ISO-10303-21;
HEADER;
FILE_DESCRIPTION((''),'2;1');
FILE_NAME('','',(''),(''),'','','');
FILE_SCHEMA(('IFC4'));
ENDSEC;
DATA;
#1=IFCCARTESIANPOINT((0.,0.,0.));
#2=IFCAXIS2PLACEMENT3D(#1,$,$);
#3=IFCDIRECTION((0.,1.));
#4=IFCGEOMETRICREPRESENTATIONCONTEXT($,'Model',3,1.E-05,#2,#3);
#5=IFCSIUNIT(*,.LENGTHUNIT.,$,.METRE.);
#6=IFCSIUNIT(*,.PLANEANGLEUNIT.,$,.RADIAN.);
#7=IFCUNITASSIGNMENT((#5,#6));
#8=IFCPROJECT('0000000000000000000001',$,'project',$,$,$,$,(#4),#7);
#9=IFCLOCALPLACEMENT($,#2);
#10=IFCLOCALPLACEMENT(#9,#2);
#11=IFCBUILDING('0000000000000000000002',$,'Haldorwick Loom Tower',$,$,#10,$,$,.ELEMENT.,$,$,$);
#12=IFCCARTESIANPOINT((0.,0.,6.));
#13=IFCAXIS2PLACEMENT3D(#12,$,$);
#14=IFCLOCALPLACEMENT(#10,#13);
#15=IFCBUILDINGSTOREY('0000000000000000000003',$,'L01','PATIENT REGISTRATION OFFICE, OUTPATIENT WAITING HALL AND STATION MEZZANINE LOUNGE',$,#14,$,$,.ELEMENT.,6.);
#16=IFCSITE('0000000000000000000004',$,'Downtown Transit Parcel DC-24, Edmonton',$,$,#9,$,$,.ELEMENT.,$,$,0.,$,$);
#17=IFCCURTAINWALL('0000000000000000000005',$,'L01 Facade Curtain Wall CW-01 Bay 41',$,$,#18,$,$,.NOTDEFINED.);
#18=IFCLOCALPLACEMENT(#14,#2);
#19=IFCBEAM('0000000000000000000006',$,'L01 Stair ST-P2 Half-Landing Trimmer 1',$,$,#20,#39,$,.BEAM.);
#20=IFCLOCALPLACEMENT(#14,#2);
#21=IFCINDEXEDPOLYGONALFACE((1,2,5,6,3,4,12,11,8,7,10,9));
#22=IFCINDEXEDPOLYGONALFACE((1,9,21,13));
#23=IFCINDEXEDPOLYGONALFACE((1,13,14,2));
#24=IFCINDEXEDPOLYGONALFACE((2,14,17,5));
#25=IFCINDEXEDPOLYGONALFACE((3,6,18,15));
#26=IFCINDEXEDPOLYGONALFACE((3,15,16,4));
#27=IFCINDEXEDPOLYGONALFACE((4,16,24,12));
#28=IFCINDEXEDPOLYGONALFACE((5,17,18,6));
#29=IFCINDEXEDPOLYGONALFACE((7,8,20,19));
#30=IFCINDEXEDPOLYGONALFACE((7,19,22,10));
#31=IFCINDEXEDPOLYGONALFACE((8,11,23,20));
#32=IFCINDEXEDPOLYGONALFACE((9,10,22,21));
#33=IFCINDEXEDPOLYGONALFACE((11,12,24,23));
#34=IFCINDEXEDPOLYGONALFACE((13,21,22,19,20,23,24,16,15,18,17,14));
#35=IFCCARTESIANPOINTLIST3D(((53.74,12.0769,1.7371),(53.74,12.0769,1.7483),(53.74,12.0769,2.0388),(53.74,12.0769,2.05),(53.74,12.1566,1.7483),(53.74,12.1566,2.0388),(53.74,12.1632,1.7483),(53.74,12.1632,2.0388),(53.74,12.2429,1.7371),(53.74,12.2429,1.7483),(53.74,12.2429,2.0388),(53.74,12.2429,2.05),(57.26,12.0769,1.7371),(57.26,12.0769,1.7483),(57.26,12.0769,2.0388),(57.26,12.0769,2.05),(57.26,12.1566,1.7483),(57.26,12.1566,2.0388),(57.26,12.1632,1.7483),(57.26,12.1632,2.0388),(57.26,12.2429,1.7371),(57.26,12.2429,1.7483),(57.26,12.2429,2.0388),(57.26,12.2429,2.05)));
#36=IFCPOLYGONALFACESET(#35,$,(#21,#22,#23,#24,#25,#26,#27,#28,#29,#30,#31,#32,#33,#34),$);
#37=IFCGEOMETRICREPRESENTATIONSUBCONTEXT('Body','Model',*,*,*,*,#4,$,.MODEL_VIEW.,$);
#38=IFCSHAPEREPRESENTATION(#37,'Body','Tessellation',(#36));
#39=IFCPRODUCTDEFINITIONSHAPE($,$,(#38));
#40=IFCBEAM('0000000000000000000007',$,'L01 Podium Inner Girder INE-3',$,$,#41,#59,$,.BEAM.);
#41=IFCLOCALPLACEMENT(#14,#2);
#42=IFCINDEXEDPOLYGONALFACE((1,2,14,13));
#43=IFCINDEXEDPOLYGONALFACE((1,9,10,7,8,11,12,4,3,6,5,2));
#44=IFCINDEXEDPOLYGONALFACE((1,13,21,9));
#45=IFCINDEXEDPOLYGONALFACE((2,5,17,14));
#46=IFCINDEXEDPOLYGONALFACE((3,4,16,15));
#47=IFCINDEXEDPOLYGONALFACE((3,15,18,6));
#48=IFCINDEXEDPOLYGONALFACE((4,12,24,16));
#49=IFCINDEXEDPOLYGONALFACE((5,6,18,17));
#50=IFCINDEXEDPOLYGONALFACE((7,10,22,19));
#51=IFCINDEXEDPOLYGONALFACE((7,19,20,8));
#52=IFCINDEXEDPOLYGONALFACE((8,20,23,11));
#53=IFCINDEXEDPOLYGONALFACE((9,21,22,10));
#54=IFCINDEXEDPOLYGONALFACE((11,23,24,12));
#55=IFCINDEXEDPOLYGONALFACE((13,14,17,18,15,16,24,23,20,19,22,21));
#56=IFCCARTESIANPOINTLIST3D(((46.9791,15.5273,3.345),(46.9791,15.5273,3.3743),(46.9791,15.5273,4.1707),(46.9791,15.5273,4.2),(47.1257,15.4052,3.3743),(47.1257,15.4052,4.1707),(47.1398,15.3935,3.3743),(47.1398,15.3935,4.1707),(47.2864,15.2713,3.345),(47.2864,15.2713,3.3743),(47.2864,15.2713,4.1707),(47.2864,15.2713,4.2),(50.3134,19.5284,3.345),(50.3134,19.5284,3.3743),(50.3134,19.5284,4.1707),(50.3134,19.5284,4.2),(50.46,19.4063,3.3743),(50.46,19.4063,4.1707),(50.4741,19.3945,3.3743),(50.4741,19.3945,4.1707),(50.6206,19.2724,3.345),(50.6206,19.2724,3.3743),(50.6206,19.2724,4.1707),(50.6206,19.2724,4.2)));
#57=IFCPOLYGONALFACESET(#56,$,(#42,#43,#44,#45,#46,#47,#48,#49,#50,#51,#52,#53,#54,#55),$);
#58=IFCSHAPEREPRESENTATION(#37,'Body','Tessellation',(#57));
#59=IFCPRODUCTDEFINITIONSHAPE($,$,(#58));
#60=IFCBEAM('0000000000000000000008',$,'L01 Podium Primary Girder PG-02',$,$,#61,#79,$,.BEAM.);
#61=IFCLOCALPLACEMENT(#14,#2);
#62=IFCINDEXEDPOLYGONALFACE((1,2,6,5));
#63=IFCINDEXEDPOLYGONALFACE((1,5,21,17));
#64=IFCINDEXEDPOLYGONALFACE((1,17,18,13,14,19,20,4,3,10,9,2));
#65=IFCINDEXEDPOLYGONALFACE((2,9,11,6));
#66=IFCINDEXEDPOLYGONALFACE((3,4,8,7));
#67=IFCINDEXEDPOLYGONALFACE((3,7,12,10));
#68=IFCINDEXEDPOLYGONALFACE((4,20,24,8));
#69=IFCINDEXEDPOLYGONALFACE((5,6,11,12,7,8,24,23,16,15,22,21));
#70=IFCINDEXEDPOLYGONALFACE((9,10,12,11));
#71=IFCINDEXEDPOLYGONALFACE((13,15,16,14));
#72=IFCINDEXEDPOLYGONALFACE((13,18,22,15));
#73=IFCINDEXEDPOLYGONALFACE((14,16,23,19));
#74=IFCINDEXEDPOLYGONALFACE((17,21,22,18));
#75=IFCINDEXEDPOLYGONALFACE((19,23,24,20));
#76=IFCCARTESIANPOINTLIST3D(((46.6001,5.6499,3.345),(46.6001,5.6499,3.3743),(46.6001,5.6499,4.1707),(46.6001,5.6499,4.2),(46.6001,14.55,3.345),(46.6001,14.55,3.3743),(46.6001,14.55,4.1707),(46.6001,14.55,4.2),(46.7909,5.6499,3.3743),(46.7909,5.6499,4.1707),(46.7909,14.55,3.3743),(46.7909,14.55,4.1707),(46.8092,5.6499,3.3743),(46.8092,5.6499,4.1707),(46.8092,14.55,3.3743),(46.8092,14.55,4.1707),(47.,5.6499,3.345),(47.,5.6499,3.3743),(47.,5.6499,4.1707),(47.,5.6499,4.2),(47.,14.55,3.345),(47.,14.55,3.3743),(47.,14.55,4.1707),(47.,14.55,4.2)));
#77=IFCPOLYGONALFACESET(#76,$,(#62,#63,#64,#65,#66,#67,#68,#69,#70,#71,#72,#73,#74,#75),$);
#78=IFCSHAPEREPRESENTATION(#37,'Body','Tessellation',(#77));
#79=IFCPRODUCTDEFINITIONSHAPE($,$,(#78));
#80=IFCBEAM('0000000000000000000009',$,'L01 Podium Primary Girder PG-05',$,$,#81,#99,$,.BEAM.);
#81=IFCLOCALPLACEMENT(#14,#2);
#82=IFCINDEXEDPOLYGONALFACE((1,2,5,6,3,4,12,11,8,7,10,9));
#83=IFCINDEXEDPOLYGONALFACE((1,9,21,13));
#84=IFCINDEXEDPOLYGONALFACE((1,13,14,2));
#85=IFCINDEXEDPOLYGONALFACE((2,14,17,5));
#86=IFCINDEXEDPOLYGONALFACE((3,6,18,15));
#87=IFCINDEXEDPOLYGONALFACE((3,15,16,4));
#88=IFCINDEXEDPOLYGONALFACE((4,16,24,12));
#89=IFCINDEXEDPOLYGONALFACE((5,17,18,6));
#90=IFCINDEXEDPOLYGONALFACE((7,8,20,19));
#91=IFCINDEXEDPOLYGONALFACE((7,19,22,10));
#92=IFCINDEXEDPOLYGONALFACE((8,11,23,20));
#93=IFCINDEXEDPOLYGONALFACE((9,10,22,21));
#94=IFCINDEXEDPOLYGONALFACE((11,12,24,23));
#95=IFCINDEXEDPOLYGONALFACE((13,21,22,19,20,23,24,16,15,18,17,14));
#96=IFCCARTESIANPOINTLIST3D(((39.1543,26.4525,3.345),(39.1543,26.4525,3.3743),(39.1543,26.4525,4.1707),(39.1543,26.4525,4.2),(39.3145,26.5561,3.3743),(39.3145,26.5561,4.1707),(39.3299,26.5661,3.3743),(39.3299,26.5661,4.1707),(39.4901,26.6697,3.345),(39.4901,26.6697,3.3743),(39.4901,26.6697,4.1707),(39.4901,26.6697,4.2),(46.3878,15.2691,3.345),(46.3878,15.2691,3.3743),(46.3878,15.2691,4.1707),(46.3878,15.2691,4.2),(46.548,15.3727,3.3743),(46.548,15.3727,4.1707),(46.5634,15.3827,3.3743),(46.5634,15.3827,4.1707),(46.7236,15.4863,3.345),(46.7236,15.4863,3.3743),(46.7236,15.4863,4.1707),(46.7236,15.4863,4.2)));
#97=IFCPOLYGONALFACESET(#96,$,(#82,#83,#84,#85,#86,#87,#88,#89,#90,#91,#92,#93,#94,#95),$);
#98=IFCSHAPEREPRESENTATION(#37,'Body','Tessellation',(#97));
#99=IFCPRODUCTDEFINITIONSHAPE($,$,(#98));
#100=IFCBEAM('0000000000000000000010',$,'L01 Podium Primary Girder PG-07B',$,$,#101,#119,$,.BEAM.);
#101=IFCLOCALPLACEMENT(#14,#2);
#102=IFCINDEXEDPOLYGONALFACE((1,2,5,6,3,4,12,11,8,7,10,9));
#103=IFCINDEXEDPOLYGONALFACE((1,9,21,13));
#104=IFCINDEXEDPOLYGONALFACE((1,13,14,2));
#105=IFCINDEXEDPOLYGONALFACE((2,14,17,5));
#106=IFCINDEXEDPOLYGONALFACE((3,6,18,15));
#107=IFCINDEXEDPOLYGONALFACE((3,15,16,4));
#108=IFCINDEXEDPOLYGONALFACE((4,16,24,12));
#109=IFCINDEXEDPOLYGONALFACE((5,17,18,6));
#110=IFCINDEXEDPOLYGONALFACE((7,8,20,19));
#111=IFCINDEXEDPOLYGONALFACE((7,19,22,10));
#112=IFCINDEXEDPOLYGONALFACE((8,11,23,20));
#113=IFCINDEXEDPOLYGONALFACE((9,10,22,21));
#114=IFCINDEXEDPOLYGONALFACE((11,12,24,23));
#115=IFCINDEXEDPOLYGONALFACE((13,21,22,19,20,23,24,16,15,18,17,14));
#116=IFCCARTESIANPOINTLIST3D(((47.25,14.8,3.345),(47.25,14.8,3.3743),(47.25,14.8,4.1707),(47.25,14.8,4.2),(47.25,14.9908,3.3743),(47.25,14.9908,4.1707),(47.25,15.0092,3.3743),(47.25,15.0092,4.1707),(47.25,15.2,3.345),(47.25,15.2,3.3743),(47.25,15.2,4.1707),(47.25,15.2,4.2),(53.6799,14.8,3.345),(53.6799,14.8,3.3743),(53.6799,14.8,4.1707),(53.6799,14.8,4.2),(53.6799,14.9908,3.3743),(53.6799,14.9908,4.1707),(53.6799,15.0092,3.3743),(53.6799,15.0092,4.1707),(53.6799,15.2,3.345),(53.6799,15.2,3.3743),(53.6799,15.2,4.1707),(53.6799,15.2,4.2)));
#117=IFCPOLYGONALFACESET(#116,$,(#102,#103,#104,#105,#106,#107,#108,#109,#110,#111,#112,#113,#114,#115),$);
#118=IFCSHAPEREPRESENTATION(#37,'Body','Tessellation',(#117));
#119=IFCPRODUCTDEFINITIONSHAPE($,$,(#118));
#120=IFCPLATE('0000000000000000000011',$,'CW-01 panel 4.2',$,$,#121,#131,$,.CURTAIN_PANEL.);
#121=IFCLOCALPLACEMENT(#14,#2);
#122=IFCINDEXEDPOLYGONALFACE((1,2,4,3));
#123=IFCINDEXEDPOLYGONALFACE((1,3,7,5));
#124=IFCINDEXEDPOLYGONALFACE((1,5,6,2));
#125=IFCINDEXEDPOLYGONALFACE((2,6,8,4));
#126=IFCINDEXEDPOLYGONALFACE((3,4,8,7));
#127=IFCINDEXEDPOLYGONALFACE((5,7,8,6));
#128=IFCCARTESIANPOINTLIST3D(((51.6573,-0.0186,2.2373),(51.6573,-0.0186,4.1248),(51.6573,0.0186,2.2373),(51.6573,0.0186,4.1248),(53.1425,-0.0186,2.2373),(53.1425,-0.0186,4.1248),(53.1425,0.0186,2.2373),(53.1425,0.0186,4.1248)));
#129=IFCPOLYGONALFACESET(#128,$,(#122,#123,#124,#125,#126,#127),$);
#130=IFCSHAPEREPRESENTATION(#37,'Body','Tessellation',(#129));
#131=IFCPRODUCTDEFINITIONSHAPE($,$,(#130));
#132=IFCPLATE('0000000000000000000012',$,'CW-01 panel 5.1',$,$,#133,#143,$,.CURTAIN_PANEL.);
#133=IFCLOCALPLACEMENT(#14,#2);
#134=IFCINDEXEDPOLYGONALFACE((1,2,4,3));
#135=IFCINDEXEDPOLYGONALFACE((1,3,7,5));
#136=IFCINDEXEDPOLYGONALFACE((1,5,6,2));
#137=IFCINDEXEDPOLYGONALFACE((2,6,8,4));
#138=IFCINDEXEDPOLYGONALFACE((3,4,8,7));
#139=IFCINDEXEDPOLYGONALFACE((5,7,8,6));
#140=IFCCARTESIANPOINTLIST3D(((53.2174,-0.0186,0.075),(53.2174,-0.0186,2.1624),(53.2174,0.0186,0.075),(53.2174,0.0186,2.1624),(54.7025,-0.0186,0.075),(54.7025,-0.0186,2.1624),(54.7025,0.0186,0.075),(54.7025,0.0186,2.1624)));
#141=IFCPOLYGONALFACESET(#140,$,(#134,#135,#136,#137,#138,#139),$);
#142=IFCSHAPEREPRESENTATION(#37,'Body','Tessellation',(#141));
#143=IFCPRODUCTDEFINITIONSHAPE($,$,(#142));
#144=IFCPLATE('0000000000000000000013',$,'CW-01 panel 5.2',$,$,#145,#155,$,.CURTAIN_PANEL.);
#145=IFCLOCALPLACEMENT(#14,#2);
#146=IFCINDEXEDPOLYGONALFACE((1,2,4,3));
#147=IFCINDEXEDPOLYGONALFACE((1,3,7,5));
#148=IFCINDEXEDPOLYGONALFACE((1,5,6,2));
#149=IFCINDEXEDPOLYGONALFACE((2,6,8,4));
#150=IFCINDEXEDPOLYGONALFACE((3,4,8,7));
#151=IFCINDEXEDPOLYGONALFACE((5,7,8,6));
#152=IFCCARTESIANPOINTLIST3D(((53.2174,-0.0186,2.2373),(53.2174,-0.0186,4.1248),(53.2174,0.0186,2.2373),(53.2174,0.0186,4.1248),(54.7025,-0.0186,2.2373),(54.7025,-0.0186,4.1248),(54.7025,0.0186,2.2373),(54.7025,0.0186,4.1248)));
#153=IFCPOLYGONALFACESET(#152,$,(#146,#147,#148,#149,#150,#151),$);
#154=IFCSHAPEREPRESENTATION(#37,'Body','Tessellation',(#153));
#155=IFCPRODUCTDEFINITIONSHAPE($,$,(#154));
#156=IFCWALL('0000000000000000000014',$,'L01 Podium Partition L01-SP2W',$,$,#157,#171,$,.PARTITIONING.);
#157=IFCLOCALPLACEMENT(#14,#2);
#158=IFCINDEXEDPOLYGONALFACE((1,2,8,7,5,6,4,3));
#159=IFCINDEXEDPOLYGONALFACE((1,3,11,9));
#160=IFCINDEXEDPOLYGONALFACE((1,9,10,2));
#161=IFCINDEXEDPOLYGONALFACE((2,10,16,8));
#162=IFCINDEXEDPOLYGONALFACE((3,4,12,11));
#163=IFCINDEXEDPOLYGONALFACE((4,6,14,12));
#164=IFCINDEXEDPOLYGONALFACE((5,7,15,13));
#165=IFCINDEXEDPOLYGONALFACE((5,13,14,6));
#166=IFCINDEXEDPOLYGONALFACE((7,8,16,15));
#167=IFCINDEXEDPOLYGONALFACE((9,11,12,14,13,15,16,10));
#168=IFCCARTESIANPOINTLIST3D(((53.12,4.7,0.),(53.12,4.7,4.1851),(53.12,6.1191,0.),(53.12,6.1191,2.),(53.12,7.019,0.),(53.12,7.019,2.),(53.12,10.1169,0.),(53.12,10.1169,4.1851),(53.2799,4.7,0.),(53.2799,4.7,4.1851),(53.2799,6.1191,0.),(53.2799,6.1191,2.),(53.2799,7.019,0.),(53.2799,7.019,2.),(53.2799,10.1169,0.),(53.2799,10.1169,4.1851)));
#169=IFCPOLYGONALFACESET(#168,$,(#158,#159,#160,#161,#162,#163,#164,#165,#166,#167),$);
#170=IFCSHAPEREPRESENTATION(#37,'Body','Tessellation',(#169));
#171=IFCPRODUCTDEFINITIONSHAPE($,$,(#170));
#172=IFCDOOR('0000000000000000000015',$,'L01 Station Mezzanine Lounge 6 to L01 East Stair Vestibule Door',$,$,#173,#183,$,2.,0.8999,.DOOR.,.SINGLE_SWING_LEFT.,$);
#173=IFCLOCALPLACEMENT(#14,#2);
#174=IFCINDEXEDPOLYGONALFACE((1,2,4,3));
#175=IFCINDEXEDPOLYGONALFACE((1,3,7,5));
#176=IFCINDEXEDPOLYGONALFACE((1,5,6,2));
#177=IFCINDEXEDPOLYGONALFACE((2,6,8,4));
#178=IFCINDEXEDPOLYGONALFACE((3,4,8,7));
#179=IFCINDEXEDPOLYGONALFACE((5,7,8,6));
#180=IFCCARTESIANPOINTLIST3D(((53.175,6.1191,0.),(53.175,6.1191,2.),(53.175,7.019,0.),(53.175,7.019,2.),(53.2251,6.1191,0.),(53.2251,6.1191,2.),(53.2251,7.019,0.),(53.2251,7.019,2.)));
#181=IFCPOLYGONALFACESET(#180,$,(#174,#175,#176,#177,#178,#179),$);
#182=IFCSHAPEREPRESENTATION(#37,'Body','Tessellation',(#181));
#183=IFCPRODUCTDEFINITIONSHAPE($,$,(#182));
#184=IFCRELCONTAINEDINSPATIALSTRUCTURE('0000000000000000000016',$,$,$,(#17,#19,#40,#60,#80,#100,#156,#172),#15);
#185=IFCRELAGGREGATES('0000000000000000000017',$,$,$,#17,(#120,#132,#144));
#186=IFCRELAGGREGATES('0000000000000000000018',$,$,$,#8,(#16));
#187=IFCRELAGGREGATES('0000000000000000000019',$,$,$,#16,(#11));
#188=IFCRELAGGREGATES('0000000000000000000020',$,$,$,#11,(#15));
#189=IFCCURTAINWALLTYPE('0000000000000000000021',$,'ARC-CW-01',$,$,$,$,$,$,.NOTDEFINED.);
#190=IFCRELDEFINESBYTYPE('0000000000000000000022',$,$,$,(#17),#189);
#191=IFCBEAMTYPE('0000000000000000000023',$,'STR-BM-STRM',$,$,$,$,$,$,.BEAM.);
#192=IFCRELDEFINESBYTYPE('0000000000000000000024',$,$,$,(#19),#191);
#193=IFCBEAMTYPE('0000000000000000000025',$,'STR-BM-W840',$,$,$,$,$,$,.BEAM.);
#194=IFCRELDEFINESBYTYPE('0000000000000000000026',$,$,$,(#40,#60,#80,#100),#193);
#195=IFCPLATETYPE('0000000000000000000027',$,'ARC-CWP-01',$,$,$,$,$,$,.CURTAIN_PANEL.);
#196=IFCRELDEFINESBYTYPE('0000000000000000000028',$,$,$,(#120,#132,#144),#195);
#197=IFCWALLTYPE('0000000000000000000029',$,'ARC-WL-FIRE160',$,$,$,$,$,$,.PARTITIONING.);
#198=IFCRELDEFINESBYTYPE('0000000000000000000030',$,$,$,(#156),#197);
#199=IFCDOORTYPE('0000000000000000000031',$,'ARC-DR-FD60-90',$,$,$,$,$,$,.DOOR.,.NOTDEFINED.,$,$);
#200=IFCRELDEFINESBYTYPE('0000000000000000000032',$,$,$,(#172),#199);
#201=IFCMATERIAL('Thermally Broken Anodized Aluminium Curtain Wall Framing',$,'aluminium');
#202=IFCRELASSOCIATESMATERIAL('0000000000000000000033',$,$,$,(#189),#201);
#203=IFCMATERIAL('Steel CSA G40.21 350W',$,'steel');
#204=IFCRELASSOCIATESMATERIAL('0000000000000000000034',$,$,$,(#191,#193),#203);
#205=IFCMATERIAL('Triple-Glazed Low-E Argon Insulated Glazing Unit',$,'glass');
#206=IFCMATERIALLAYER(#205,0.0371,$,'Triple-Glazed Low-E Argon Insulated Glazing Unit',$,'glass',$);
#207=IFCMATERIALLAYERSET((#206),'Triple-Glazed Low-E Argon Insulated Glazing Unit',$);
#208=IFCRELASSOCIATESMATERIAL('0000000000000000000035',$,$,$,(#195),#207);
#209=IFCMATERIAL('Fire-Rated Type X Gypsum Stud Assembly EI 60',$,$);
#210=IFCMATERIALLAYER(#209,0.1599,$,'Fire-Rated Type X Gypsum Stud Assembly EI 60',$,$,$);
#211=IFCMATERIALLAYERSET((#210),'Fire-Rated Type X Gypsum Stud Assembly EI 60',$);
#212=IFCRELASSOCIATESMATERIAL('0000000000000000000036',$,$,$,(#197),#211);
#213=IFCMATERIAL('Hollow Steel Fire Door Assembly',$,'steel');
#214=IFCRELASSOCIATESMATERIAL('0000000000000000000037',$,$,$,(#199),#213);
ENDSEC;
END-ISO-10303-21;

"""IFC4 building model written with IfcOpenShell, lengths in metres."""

from ifc_helpers import new_model, si_unit, direction, frame, frame_2d, origin, origin_2d, place, context, subcontext, project, spatial, rectangle, i_section, extrude, material, layer, layer_set, material_profile, profile_set, type_object, element, fill, aggregate, save


model = new_model("IFC4")

# Units and contexts
model_context = context("Model", 3, precision=1e-05, world=origin(), true_north=direction((0.0, 1.0)))
body_context = subcontext(model_context, "Body", "Model", "MODEL_VIEW")
ifc_project = project(units=[si_unit("LENGTHUNIT", "METRE"), si_unit("PLANEANGLEUNIT", "RADIAN")], contexts=[model_context])

# Site, building, storey
site_placement = place(None, origin())
site = spatial("IfcSite", under=ifc_project, at=site_placement, Name="Downtown Transit Parcel DC-24, Edmonton", CompositionType="ELEMENT", RefElevation=0.0)
building_placement = place(site_placement, origin())
building = spatial("IfcBuilding", under=site, at=building_placement, Name="Haldorwick Loom Tower", CompositionType="ELEMENT")
storey_placement = place(building_placement, frame((0.0, 0.0, 6.0)))
storey = spatial("IfcBuildingStorey", under=building, at=storey_placement, Name="L01", Description="PATIENT REGISTRATION OFFICE, OUTPATIENT WAITING HALL AND STATION MEZZANINE LOUNGE", CompositionType="ELEMENT", Elevation=6.0)

# Curtain wall
ifc_material_1 = material(Name="Thermally Broken Anodized Aluminium Curtain Wall Framing", Category="aluminium")
curtain_wall_type = type_object("IfcCurtainWallType", Name="ARC-CW-01", PredefinedType="NOTDEFINED", material=ifc_material_1)
curtain_wall_placement = place(storey_placement, origin())
curtain_wall = element("IfcCurtainWall", 1, at=curtain_wall_placement, inside=storey, type_object=curtain_wall_type, Name="L01 Facade Curtain Wall CW-01 Bay 41", PredefinedType="NOTDEFINED")

# Beams
ifc_material_2 = material(Name="Steel CSA G40.21 350W", Category="steel")
ifc_material_profile_1 = material_profile(ifc_material_2, i_section(OverallWidth=0.166, OverallDepth=0.313, WebThickness=0.0066, FlangeThickness=0.0112, at=origin_2d()), Name="W310X45", Category="steel")
ifc_profile_set_1 = profile_set([ifc_material_profile_1], Name="Steel CSA G40.21 350W")
beam_type_1 = type_object("IfcBeamType", Name="STR-BM-STRM", PredefinedType="BEAM", material=ifc_profile_set_1)
for number, where, z_axis, x_axis, name in (
    (2, (53.74, 12.1599, 1.8936), (1.0, 0.0, 0.0), (0.0, 1.0, 0.0), "L01 Stair ST-P2 Half-Landing Trimmer 1"),
):
    element("IfcBeam", number, at=place(storey_placement, frame(where, z_axis=z_axis, x_axis=x_axis)), inside=storey, type_object=beam_type_1, Name=name, PredefinedType="BEAM", context=body_context, shape_type="SweptSolid", body=[
        extrude(i_section(OverallWidth=0.166, OverallDepth=0.313, WebThickness=0.0066, FlangeThickness=0.0112, at=origin_2d()), origin(), (0.0, 0.0, 1.0), 3.52),
    ])
ifc_material_profile_2 = material_profile(ifc_material_2, i_section(OverallWidth=0.3999, OverallDepth=0.855, WebThickness=0.0183, FlangeThickness=0.0293, at=origin_2d()), Name="W840X299", Category="steel")
ifc_profile_set_2 = profile_set([ifc_material_profile_2], Name="Steel CSA G40.21 350W")
beam_type_2 = type_object("IfcBeamType", Name="STR-BM-W840", PredefinedType="BEAM", material=ifc_profile_set_2)
beam_1_placement = place(storey_placement, frame((50.467, 19.4004, 3.7725), z_axis=(-0.640194, -0.768214, 0.0), x_axis=(0.768214, -0.640194, 0.0)))
element("IfcBeam", 3, at=beam_1_placement, inside=storey, type_object=beam_type_2, Name="L01 Podium Inner Girder INE-3", PredefinedType="BEAM", context=body_context, shape_type="SweptSolid", body=[
    extrude(i_section(OverallWidth=0.3999, OverallDepth=0.855, WebThickness=0.0183, FlangeThickness=0.0293, at=origin_2d()), origin(), (0.0, 0.0, 1.0), 5.2083),
])
beam_2_placement = place(storey_placement, frame((46.8, 5.6499, 3.7725), z_axis=(0.0, 1.0, 0.0), x_axis=(-1.0, 0.0, 0.0)))
element("IfcBeam", 4, at=beam_2_placement, inside=storey, type_object=beam_type_2, Name="L01 Podium Primary Girder PG-02", PredefinedType="BEAM", context=body_context, shape_type="SweptSolid", body=[
    extrude(i_section(OverallWidth=0.3999, OverallDepth=0.855, WebThickness=0.0183, FlangeThickness=0.0293, at=origin_2d()), origin(), (0.0, 0.0, 1.0), 8.9001),
])
beam_3_placement = place(storey_placement, frame((46.5557, 15.3777, 3.7725), z_axis=(-0.543098, 0.839669, 0.0), x_axis=(-0.839669, -0.543098, 0.0)))
element("IfcBeam", 5, at=beam_3_placement, inside=storey, type_object=beam_type_2, Name="L01 Podium Primary Girder PG-05", PredefinedType="BEAM", context=body_context, shape_type="SweptSolid", body=[
    extrude(i_section(OverallWidth=0.3999, OverallDepth=0.855, WebThickness=0.0183, FlangeThickness=0.0293, at=origin_2d()), origin(), (0.0, 0.0, 1.0), 13.3188),
])
beam_4_placement = place(storey_placement, frame((53.6799, 15.0, 3.7725), z_axis=(-1.0, 0.0, 0.0), x_axis=(0.0, -1.0, 0.0)))
element("IfcBeam", 6, at=beam_4_placement, inside=storey, type_object=beam_type_2, Name="L01 Podium Primary Girder PG-07B", PredefinedType="BEAM", context=body_context, shape_type="SweptSolid", body=[
    extrude(i_section(OverallWidth=0.3999, OverallDepth=0.855, WebThickness=0.0183, FlangeThickness=0.0293, at=origin_2d()), origin(), (0.0, 0.0, 1.0), 6.4299),
])

# Plates
ifc_material_3 = material(Name="Triple-Glazed Low-E Argon Insulated Glazing Unit", Category="glass")
ifc_layer_1 = layer(ifc_material_3, 0.0371, Name="Triple-Glazed Low-E Argon Insulated Glazing Unit", Category="glass")
ifc_layer_set_1 = layer_set([ifc_layer_1], Name="Triple-Glazed Low-E Argon Insulated Glazing Unit")
plate_type = type_object("IfcPlateType", Name="ARC-CWP-01", PredefinedType="CURTAIN_PANEL", material=ifc_layer_set_1)
plate_1_placement = place(storey_placement, frame((52.3999, 0.0, 2.2373), z_axis=(0.0, 0.0, 1.0), x_axis=(1.0, 0.0, 0.0)))
plate_1 = element("IfcPlate", 7, at=plate_1_placement, type_object=plate_type, Name="CW-01 panel 4.2", PredefinedType="CURTAIN_PANEL", context=body_context, shape_type="SweptSolid", body=[
    extrude(rectangle(XDim=1.4851, YDim=0.0371, at=origin_2d()), origin(), (0.0, 0.0, 1.0), 1.8875),
])
plate_2_placement = place(storey_placement, frame((53.96, 0.0, 0.075), z_axis=(0.0, 0.0, 1.0), x_axis=(1.0, 0.0, 0.0)))
plate_2 = element("IfcPlate", 8, at=plate_2_placement, type_object=plate_type, Name="CW-01 panel 5.1", PredefinedType="CURTAIN_PANEL", context=body_context, shape_type="SweptSolid", body=[
    extrude(rectangle(XDim=1.4851, YDim=0.0371, at=origin_2d()), origin(), (0.0, 0.0, 1.0), 2.0874),
])
plate_3_placement = place(storey_placement, frame((53.96, 0.0, 2.2373), z_axis=(0.0, 0.0, 1.0), x_axis=(1.0, 0.0, 0.0)))
plate_3 = element("IfcPlate", 9, at=plate_3_placement, type_object=plate_type, Name="CW-01 panel 5.2", PredefinedType="CURTAIN_PANEL", context=body_context, shape_type="SweptSolid", body=[
    extrude(rectangle(XDim=1.4851, YDim=0.0371, at=origin_2d()), origin(), (0.0, 0.0, 1.0), 1.8875),
])
aggregate(curtain_wall, [plate_1, plate_2, plate_3])

# Wall, opening, door
ifc_material_4 = material(Name="Fire-Rated Type X Gypsum Stud Assembly EI 60")
ifc_layer_2 = layer(ifc_material_4, 0.1599, Name="Fire-Rated Type X Gypsum Stud Assembly EI 60")
ifc_layer_set_2 = layer_set([ifc_layer_2], Name="Fire-Rated Type X Gypsum Stud Assembly EI 60")
wall_type_1 = type_object("IfcWallType", Name="ARC-WL-FIRE160", PredefinedType="PARTITIONING", material=ifc_layer_set_2)
wall_1_placement = place(storey_placement, frame((53.2, 4.7, 0.0), z_axis=(0.0, 0.0, 1.0), x_axis=(0.0, 1.0, 0.0)))
wall_1 = element("IfcWall", 10, at=wall_1_placement, inside=storey, type_object=wall_type_1, Name="L01 Podium Partition L01-SP2W", PredefinedType="PARTITIONING", context=body_context, shape_type="SweptSolid", body=[
    extrude(rectangle(XDim=5.417, YDim=0.1599, at=frame_2d((2.7085, 0.0))), origin(), (0.0, 0.0, 1.0), 4.1851),
])
opening_1_placement = place(wall_1_placement, frame((1.4192, 0.0, 0.0)))
opening_1 = element("IfcOpeningElement", 11, at=opening_1_placement, cuts=wall_1, PredefinedType="OPENING", context=body_context, shape_type="SweptSolid", body=[
    extrude(rectangle(XDim=0.8999, YDim=2.0, at=frame_2d((0.45, 1.0))), frame((0.0, 0.0898, 0.0), z_axis=(0.0, -1.0, 0.0), x_axis=(1.0, 0.0, 0.0)), (0.0, 0.0, 1.0), 0.1799),
])
ifc_material_5 = material(Name="Hollow Steel Fire Door Assembly", Category="steel")
door_type_1 = type_object("IfcDoorType", Name="ARC-DR-FD60-90", OperationType="NOTDEFINED", PredefinedType="DOOR", material=ifc_material_5)
door_1_placement = place(opening_1_placement, origin())
door_1 = element("IfcDoor", 12, at=door_1_placement, inside=storey, type_object=door_type_1, Name="L01 Station Mezzanine Lounge 6 to L01 East Stair Vestibule Door", OperationType="SINGLE_SWING_LEFT", OverallHeight=2.0, OverallWidth=0.8999, PredefinedType="DOOR", context=body_context, shape_type="SweptSolid", body=[
    extrude(rectangle(XDim=0.8999, YDim=2.0, at=frame_2d((0.45, 1.0))), frame((0.0, 0.0249, 0.0), z_axis=(0.0, -1.0, 0.0), x_axis=(1.0, 0.0, 0.0)), (0.0, 0.0, 1.0), 0.05),
])
fill(opening_1, door_1)

save(model, "model.ifc")
